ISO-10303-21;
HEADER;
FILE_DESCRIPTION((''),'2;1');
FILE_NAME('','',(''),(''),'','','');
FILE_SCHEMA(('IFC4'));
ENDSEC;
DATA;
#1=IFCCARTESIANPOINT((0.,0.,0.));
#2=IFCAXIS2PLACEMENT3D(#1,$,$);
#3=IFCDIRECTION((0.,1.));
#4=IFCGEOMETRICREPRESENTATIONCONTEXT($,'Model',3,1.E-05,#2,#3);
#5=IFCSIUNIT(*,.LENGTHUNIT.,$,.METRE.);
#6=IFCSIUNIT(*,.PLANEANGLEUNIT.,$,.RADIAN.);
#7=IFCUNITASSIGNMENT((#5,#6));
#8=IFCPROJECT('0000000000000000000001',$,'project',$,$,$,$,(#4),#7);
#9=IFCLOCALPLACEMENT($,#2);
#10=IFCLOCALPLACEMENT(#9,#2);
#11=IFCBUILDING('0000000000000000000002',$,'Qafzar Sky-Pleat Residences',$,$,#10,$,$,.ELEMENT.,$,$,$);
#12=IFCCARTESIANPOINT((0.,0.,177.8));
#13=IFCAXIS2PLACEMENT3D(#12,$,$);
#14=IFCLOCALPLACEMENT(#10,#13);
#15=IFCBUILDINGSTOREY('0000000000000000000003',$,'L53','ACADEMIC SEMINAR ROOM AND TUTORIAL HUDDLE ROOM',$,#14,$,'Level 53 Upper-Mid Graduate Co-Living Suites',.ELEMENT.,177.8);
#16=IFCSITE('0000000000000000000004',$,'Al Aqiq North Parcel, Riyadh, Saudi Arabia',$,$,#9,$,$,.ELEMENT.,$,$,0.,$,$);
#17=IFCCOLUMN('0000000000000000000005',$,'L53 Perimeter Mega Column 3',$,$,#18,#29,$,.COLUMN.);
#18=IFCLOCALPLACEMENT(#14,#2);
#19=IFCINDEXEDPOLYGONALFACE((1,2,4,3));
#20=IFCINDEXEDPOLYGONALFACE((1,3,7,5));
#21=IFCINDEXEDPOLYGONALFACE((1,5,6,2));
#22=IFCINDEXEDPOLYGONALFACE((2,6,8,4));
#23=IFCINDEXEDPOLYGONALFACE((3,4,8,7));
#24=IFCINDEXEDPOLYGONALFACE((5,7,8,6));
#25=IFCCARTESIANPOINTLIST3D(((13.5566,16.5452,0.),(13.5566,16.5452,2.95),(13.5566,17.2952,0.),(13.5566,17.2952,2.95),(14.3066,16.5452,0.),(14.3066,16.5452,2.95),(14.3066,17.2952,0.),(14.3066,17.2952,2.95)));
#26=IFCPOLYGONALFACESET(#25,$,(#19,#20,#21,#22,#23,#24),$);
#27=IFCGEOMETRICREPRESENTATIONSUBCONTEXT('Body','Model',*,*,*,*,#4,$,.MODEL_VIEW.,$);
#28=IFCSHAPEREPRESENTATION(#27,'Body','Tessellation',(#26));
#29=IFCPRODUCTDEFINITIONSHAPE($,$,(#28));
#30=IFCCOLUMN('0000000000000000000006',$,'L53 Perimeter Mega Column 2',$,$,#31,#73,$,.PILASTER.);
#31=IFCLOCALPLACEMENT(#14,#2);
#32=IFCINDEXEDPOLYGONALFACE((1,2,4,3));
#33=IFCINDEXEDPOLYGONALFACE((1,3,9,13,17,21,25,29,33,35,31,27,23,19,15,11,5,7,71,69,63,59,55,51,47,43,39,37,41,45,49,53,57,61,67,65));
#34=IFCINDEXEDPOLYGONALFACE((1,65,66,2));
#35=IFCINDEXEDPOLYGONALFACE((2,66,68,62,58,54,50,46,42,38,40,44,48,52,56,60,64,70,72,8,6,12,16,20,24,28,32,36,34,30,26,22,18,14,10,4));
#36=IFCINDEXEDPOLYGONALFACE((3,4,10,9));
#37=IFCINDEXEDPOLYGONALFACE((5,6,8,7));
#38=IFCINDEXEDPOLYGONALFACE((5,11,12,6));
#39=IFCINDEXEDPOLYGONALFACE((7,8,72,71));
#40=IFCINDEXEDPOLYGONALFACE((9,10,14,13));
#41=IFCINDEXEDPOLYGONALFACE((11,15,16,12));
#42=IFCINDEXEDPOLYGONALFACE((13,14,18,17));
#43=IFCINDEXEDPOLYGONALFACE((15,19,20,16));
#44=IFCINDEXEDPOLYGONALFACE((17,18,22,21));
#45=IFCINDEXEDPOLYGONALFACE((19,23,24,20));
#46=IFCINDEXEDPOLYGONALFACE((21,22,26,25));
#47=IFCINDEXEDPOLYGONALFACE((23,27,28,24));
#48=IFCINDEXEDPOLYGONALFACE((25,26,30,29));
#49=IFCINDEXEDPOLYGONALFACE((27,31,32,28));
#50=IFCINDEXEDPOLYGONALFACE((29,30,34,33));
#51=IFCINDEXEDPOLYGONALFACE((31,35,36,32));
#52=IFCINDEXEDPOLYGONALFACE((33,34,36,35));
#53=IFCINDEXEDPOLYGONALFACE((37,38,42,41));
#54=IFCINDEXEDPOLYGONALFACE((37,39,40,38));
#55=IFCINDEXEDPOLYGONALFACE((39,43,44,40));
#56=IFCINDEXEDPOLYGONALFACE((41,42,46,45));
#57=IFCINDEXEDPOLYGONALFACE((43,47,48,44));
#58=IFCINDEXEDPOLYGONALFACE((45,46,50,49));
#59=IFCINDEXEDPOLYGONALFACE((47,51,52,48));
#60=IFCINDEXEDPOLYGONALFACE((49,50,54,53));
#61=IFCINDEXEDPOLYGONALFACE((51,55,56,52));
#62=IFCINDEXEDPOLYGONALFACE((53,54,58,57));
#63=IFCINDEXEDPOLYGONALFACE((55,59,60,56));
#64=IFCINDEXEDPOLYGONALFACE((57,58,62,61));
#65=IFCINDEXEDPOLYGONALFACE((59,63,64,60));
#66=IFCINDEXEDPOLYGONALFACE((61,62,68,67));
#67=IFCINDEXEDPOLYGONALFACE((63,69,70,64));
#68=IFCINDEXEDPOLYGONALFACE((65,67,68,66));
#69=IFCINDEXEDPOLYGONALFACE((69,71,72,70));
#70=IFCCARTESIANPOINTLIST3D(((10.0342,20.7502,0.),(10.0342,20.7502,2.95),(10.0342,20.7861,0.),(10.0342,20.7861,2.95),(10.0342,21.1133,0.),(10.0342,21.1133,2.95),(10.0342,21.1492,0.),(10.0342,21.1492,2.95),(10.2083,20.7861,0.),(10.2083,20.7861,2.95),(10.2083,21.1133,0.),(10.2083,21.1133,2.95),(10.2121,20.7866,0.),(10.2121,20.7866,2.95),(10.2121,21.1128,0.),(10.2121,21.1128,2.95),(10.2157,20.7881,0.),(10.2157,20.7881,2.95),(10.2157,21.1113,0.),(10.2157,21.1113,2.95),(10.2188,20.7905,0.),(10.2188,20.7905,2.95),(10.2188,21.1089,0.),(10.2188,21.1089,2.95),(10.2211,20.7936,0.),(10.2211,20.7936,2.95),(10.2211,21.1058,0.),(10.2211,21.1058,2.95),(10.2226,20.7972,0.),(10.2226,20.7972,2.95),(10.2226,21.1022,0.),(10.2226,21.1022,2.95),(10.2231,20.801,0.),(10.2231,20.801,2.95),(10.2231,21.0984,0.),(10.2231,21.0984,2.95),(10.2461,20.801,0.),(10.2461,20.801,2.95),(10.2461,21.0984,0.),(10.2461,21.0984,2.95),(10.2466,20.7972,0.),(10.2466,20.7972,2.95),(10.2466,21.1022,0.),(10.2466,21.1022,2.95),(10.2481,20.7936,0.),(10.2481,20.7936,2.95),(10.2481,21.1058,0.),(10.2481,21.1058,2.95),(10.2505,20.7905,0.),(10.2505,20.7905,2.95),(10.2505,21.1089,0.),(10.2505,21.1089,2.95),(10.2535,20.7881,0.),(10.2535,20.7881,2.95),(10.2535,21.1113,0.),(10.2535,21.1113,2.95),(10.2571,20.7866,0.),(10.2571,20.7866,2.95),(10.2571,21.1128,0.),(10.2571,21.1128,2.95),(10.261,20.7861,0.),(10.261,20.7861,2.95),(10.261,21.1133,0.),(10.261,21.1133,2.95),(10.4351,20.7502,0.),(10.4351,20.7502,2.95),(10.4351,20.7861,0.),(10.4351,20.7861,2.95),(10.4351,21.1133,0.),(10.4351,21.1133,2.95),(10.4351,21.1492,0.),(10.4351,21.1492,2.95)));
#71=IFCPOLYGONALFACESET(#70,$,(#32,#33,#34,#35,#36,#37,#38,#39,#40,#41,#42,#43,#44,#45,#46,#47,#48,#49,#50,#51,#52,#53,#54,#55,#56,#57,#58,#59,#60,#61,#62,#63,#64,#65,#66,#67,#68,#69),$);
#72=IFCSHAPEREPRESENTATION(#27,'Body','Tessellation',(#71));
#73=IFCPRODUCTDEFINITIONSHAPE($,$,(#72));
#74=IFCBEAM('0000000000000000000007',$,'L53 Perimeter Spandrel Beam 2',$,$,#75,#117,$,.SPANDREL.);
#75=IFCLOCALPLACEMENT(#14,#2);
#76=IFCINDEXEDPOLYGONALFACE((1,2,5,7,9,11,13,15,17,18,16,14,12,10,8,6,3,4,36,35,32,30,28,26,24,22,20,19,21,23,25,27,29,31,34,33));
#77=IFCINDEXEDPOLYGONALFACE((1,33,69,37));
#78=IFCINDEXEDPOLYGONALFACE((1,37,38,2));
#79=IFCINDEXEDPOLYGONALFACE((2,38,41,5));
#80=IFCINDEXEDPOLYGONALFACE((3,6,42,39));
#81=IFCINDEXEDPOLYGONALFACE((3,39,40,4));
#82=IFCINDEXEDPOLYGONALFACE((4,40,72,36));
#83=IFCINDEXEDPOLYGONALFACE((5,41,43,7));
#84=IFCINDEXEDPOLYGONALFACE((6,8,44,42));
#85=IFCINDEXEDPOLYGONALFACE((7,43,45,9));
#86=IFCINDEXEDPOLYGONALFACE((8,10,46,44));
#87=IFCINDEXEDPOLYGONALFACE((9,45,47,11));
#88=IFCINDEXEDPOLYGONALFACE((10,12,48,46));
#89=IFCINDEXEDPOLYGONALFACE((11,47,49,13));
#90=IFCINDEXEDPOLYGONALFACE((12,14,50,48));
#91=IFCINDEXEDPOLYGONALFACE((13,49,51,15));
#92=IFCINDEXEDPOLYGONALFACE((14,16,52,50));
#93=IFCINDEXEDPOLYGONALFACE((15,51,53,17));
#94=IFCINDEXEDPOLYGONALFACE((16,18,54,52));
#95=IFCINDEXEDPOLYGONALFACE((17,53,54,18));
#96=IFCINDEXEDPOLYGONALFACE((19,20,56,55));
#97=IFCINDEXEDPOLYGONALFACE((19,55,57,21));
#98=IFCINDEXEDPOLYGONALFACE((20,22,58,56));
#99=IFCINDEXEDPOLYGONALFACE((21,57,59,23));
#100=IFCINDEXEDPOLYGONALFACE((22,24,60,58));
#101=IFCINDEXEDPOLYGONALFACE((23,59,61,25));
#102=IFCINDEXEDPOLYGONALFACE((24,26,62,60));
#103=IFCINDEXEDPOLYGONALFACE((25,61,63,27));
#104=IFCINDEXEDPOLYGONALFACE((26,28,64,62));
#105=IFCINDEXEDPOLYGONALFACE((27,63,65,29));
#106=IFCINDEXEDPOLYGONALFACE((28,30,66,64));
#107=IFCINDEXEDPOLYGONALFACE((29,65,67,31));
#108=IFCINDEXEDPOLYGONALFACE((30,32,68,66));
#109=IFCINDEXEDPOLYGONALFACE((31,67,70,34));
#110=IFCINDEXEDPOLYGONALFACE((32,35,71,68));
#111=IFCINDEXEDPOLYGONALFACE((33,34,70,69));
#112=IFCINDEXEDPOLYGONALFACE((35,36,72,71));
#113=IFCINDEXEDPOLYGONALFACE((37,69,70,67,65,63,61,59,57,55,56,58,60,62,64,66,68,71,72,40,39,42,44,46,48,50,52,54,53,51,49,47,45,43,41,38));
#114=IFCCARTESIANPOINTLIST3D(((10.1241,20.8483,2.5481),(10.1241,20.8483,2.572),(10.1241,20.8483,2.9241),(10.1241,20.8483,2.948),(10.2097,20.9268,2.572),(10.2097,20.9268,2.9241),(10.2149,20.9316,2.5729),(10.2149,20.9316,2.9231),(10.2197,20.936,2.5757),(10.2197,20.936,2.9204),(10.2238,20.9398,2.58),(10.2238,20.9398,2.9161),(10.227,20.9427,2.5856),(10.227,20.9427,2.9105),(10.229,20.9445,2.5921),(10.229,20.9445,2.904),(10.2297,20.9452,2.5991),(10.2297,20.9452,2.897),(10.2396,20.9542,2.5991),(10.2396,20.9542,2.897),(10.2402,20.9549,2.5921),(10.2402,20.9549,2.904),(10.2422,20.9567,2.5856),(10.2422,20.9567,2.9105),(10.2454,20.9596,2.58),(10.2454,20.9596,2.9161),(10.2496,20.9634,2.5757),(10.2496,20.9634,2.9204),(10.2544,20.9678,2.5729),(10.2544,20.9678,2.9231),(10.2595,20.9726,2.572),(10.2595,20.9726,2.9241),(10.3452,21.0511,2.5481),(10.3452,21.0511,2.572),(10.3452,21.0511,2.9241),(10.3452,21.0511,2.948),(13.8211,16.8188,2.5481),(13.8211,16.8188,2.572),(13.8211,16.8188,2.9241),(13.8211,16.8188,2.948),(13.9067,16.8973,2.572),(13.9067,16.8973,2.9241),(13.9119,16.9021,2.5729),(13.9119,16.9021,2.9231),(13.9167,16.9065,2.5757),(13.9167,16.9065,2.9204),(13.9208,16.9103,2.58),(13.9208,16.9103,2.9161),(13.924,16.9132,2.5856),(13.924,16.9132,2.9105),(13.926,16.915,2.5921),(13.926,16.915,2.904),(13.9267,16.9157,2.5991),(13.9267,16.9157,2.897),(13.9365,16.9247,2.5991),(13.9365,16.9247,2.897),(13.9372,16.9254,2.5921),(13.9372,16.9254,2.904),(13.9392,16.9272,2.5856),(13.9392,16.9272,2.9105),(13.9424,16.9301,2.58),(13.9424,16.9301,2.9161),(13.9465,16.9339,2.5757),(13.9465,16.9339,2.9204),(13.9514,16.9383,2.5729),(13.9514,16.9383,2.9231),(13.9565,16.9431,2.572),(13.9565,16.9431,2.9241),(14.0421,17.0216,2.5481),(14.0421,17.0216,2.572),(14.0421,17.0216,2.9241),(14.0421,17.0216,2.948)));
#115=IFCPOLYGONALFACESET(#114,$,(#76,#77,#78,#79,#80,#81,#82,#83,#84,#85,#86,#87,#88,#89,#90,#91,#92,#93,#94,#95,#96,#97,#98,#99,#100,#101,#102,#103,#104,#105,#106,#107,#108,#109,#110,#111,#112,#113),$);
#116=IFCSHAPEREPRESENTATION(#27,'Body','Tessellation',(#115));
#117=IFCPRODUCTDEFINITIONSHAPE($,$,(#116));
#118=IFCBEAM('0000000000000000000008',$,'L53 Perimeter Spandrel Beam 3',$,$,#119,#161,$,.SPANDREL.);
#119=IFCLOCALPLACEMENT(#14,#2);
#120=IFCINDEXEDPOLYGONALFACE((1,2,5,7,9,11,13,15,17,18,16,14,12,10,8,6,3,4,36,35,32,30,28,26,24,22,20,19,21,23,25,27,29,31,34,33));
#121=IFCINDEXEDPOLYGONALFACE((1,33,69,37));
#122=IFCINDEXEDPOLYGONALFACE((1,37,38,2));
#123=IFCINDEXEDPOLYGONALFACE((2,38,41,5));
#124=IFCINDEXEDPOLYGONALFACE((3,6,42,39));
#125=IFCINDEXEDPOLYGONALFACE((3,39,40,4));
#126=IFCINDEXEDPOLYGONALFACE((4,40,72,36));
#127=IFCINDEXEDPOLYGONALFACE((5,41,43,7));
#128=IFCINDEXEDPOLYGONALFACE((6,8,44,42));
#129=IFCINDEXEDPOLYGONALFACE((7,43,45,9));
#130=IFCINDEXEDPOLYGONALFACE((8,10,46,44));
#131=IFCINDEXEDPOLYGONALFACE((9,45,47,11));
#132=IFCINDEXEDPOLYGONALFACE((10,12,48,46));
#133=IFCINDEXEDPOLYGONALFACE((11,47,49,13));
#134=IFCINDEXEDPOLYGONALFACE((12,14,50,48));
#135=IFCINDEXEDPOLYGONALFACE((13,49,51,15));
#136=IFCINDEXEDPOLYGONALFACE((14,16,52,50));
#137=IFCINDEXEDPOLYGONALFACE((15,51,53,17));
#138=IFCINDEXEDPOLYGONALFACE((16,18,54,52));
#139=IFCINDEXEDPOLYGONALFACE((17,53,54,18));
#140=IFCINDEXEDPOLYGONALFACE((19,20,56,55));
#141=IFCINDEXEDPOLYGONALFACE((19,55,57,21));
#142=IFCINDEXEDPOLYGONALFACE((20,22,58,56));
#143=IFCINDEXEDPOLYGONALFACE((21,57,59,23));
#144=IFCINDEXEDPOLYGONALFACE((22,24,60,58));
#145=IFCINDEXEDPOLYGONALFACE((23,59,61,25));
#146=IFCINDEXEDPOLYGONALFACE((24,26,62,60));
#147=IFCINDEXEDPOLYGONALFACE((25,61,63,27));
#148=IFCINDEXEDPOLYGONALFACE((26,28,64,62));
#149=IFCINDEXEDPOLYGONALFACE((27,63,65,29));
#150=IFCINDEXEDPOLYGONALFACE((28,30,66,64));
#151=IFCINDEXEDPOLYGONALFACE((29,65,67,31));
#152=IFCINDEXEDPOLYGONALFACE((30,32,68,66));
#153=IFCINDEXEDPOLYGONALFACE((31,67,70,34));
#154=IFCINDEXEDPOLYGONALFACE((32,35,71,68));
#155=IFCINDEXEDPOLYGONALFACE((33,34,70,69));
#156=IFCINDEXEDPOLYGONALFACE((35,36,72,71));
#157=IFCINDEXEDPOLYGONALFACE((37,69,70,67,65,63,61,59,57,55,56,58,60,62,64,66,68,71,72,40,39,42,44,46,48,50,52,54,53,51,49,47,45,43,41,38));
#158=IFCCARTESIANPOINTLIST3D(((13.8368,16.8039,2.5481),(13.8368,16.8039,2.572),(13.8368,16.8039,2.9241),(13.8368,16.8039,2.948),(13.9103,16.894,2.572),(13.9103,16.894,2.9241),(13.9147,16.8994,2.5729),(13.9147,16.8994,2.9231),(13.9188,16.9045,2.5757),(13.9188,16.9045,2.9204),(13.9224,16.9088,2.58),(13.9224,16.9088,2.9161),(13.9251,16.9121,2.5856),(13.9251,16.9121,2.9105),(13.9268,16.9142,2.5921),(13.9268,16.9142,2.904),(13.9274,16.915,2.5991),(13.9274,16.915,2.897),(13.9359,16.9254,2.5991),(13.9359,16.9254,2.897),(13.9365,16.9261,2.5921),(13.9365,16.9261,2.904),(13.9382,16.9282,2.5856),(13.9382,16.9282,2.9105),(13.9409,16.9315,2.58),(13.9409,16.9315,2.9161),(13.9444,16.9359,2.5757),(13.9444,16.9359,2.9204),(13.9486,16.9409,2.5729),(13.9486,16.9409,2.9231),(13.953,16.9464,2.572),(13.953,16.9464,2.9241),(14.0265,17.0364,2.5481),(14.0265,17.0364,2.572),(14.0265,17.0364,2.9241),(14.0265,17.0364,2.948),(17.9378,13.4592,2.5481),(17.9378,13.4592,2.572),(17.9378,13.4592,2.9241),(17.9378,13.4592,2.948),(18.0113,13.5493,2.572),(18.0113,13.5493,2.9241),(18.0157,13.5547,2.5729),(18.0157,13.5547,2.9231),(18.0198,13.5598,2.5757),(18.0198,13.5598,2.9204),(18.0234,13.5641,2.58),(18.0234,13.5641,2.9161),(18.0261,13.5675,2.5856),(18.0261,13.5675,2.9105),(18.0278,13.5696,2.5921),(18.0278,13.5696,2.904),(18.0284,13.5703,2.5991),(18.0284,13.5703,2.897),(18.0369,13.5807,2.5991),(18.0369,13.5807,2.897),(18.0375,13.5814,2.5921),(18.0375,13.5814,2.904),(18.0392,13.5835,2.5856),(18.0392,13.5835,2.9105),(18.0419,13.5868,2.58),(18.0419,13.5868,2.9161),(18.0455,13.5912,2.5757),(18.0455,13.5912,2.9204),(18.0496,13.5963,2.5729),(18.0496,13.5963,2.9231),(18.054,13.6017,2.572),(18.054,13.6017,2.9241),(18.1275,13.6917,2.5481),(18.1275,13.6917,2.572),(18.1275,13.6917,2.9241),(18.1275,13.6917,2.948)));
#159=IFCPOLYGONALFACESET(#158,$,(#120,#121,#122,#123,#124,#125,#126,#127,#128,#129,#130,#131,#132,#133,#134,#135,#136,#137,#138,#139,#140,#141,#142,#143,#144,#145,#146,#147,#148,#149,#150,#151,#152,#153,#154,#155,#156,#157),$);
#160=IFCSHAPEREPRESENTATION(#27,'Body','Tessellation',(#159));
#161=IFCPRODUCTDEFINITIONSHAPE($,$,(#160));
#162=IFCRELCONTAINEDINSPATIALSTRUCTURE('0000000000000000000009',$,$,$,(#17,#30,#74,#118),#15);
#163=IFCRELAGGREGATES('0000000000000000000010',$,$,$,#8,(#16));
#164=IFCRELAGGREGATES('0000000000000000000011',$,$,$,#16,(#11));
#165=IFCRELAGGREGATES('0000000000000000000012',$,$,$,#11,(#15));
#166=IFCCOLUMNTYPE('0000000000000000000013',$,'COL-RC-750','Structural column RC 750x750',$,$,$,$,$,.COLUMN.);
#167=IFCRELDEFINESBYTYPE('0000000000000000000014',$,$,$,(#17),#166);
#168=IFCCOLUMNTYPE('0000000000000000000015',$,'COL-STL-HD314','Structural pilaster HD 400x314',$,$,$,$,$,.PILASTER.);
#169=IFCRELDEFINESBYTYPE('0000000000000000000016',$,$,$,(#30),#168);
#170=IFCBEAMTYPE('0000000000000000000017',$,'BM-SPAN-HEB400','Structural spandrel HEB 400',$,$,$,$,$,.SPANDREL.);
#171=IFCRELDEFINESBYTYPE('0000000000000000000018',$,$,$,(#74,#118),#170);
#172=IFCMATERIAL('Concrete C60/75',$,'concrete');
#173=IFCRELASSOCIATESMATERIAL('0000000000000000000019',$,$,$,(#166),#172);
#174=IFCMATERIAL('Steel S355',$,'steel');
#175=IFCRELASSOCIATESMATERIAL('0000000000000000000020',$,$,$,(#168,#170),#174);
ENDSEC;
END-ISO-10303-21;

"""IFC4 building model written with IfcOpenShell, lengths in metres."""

from ifc_helpers import new_model, si_unit, direction, frame, origin, origin_2d, place, context, subcontext, project, spatial, rectangle, i_section, extrude, source, transform, mapped, material, material_profile, profile_set, type_object, element, save


model = new_model("IFC4")

# Units and contexts
model_context = context("Model", 3, precision=1e-05, world=origin(), true_north=direction((0.0, 1.0)))
body_context = subcontext(model_context, "Body", "Model", "MODEL_VIEW")
ifc_project = project(units=[si_unit("LENGTHUNIT", "METRE"), si_unit("PLANEANGLEUNIT", "RADIAN")], contexts=[model_context])

# Site, building, storey
site_placement = place(None, origin())
site = spatial("IfcSite", under=ifc_project, at=site_placement, Name="Al Aqiq North Parcel, Riyadh, Saudi Arabia", CompositionType="ELEMENT", RefElevation=0.0)
building_placement = place(site_placement, origin())
building = spatial("IfcBuilding", under=site, at=building_placement, Name="Qafzar Sky-Pleat Residences", CompositionType="ELEMENT")
storey_placement = place(building_placement, frame((0.0, 0.0, 177.8)))
storey = spatial("IfcBuildingStorey", under=building, at=storey_placement, Name="L53", Description="ACADEMIC SEMINAR ROOM AND TUTORIAL HUDDLE ROOM", LongName="Level 53 Upper-Mid Graduate Co-Living Suites", CompositionType="ELEMENT", Elevation=177.8)

# Columns
ifc_material_1 = material(Name="Concrete C60/75", Category="concrete")
ifc_material_profile_1 = material_profile(ifc_material_1, rectangle(XDim=0.75, YDim=0.75, at=origin_2d()), Name="RC 750x750")
ifc_profile_set_1 = profile_set([ifc_material_profile_1], Name="Concrete C60/75")
column_type_1 = type_object("IfcColumnType", Name="COL-RC-750", Description="Structural column RC 750x750", PredefinedType="COLUMN", material=ifc_profile_set_1)
shared_shape_1 = source(origin(), body_context, "Body", "SweptSolid", [
    extrude(rectangle(XDim=0.75, YDim=0.75, at=origin_2d()), origin(), (0.0, 0.0, 1.0), 2.95),
])
column_1_placement = place(storey_placement, frame((13.9316, 16.9202, 0.0), z_axis=(0.0, 0.0, 1.0), x_axis=(1.0, 0.0, 0.0)))
element("IfcColumn", 1, at=column_1_placement, inside=storey, type_object=column_type_1, Name="L53 Perimeter Mega Column 3", PredefinedType="COLUMN", context=body_context, shape_type="MappedRepresentation", body=[
    mapped(shared_shape_1, transform((0.0, 0.0, 0.0), x_axis=(1.0, 0.0, 0.0), y_axis=(0.0, 1.0, 0.0), z_axis=(0.0, 0.0, 1.0), scale=1.0)),
])
ifc_material_2 = material(Name="Steel S355", Category="steel")
ifc_material_profile_2 = material_profile(ifc_material_2, i_section(OverallWidth=0.4009, OverallDepth=0.3989, WebThickness=0.0229, FlangeThickness=0.0359, FilletRadius=0.0149, at=origin_2d()), Name="HD 400x314")
ifc_profile_set_2 = profile_set([ifc_material_profile_2], Name="Steel S355")
column_type_2 = type_object("IfcColumnType", Name="COL-STL-HD314", Description="Structural pilaster HD 400x314", PredefinedType="PILASTER", material=ifc_profile_set_2)
shared_shape_2 = source(origin(), body_context, "Body", "SweptSolid", [
    extrude(i_section(OverallWidth=0.4009, OverallDepth=0.3989, WebThickness=0.0229, FlangeThickness=0.0359, FilletRadius=0.0149, at=origin_2d()), origin(), (0.0, 0.0, 1.0), 2.95),
])
column_2_placement = place(storey_placement, frame((10.2346, 20.9497, 0.0), z_axis=(0.0, 0.0, 1.0), x_axis=(1.0, 0.0, 0.0)))
element("IfcColumn", 2, at=column_2_placement, inside=storey, type_object=column_type_2, Name="L53 Perimeter Mega Column 2", PredefinedType="PILASTER", context=body_context, shape_type="MappedRepresentation", body=[
    mapped(shared_shape_2, transform((0.0, 0.0, 0.0), x_axis=(1.0, 0.0, 0.0), y_axis=(0.0, 1.0, 0.0), z_axis=(0.0, 0.0, 1.0), scale=1.0)),
])

# Beams
ifc_material_profile_3 = material_profile(ifc_material_2, i_section(OverallWidth=0.3, OverallDepth=0.3999, WebThickness=0.0134, FlangeThickness=0.0239, FilletRadius=0.0271, at=origin_2d()), Name="HEB 400")
ifc_profile_set_3 = profile_set([ifc_material_profile_3], Name="Steel S355")
beam_type_1 = type_object("IfcBeamType", Name="BM-SPAN-HEB400", Description="Structural spandrel HEB 400", PredefinedType="SPANDREL", material=ifc_profile_set_3)
shared_shape_3 = source(origin(), body_context, "Body", "SweptSolid", [
    extrude(i_section(OverallWidth=0.3, OverallDepth=0.3999, WebThickness=0.0134, FlangeThickness=0.0239, FilletRadius=0.0271, at=origin_2d()), origin(), (0.0, 0.0, 1.0), 5.4685),
])
beam_1_placement = place(storey_placement, frame((10.2346, 20.9497, 2.748), z_axis=(0.67605, -0.736856, 0.0), x_axis=(0.736856, 0.67605, 0.0)))
element("IfcBeam", 3, at=beam_1_placement, inside=storey, type_object=beam_type_1, Name="L53 Perimeter Spandrel Beam 2", PredefinedType="SPANDREL", context=body_context, shape_type="MappedRepresentation", body=[
    mapped(shared_shape_3, transform((0.0, 0.0, 0.0), x_axis=(1.0, 0.0, 0.0), y_axis=(0.0, 1.0, 0.0), z_axis=(0.0, 0.0, 1.0), scale=1.0)),
])
shared_shape_4 = source(origin(), body_context, "Body", "SweptSolid", [
    extrude(i_section(OverallWidth=0.3, OverallDepth=0.3999, WebThickness=0.0134, FlangeThickness=0.0239, FilletRadius=0.0271, at=origin_2d()), origin(), (0.0, 0.0, 1.0), 5.292),
])
beam_2_placement = place(storey_placement, frame((13.9316, 16.9202, 2.748), z_axis=(0.774947, -0.632026, 0.0), x_axis=(0.632026, 0.774947, 0.0)))
element("IfcBeam", 4, at=beam_2_placement, inside=storey, type_object=beam_type_1, Name="L53 Perimeter Spandrel Beam 3", PredefinedType="SPANDREL", context=body_context, shape_type="MappedRepresentation", body=[
    mapped(shared_shape_4, transform((0.0, 0.0, 0.0), x_axis=(1.0, 0.0, 0.0), y_axis=(0.0, 1.0, 0.0), z_axis=(0.0, 0.0, 1.0), scale=1.0)),
])

save(model, "model.ifc")
